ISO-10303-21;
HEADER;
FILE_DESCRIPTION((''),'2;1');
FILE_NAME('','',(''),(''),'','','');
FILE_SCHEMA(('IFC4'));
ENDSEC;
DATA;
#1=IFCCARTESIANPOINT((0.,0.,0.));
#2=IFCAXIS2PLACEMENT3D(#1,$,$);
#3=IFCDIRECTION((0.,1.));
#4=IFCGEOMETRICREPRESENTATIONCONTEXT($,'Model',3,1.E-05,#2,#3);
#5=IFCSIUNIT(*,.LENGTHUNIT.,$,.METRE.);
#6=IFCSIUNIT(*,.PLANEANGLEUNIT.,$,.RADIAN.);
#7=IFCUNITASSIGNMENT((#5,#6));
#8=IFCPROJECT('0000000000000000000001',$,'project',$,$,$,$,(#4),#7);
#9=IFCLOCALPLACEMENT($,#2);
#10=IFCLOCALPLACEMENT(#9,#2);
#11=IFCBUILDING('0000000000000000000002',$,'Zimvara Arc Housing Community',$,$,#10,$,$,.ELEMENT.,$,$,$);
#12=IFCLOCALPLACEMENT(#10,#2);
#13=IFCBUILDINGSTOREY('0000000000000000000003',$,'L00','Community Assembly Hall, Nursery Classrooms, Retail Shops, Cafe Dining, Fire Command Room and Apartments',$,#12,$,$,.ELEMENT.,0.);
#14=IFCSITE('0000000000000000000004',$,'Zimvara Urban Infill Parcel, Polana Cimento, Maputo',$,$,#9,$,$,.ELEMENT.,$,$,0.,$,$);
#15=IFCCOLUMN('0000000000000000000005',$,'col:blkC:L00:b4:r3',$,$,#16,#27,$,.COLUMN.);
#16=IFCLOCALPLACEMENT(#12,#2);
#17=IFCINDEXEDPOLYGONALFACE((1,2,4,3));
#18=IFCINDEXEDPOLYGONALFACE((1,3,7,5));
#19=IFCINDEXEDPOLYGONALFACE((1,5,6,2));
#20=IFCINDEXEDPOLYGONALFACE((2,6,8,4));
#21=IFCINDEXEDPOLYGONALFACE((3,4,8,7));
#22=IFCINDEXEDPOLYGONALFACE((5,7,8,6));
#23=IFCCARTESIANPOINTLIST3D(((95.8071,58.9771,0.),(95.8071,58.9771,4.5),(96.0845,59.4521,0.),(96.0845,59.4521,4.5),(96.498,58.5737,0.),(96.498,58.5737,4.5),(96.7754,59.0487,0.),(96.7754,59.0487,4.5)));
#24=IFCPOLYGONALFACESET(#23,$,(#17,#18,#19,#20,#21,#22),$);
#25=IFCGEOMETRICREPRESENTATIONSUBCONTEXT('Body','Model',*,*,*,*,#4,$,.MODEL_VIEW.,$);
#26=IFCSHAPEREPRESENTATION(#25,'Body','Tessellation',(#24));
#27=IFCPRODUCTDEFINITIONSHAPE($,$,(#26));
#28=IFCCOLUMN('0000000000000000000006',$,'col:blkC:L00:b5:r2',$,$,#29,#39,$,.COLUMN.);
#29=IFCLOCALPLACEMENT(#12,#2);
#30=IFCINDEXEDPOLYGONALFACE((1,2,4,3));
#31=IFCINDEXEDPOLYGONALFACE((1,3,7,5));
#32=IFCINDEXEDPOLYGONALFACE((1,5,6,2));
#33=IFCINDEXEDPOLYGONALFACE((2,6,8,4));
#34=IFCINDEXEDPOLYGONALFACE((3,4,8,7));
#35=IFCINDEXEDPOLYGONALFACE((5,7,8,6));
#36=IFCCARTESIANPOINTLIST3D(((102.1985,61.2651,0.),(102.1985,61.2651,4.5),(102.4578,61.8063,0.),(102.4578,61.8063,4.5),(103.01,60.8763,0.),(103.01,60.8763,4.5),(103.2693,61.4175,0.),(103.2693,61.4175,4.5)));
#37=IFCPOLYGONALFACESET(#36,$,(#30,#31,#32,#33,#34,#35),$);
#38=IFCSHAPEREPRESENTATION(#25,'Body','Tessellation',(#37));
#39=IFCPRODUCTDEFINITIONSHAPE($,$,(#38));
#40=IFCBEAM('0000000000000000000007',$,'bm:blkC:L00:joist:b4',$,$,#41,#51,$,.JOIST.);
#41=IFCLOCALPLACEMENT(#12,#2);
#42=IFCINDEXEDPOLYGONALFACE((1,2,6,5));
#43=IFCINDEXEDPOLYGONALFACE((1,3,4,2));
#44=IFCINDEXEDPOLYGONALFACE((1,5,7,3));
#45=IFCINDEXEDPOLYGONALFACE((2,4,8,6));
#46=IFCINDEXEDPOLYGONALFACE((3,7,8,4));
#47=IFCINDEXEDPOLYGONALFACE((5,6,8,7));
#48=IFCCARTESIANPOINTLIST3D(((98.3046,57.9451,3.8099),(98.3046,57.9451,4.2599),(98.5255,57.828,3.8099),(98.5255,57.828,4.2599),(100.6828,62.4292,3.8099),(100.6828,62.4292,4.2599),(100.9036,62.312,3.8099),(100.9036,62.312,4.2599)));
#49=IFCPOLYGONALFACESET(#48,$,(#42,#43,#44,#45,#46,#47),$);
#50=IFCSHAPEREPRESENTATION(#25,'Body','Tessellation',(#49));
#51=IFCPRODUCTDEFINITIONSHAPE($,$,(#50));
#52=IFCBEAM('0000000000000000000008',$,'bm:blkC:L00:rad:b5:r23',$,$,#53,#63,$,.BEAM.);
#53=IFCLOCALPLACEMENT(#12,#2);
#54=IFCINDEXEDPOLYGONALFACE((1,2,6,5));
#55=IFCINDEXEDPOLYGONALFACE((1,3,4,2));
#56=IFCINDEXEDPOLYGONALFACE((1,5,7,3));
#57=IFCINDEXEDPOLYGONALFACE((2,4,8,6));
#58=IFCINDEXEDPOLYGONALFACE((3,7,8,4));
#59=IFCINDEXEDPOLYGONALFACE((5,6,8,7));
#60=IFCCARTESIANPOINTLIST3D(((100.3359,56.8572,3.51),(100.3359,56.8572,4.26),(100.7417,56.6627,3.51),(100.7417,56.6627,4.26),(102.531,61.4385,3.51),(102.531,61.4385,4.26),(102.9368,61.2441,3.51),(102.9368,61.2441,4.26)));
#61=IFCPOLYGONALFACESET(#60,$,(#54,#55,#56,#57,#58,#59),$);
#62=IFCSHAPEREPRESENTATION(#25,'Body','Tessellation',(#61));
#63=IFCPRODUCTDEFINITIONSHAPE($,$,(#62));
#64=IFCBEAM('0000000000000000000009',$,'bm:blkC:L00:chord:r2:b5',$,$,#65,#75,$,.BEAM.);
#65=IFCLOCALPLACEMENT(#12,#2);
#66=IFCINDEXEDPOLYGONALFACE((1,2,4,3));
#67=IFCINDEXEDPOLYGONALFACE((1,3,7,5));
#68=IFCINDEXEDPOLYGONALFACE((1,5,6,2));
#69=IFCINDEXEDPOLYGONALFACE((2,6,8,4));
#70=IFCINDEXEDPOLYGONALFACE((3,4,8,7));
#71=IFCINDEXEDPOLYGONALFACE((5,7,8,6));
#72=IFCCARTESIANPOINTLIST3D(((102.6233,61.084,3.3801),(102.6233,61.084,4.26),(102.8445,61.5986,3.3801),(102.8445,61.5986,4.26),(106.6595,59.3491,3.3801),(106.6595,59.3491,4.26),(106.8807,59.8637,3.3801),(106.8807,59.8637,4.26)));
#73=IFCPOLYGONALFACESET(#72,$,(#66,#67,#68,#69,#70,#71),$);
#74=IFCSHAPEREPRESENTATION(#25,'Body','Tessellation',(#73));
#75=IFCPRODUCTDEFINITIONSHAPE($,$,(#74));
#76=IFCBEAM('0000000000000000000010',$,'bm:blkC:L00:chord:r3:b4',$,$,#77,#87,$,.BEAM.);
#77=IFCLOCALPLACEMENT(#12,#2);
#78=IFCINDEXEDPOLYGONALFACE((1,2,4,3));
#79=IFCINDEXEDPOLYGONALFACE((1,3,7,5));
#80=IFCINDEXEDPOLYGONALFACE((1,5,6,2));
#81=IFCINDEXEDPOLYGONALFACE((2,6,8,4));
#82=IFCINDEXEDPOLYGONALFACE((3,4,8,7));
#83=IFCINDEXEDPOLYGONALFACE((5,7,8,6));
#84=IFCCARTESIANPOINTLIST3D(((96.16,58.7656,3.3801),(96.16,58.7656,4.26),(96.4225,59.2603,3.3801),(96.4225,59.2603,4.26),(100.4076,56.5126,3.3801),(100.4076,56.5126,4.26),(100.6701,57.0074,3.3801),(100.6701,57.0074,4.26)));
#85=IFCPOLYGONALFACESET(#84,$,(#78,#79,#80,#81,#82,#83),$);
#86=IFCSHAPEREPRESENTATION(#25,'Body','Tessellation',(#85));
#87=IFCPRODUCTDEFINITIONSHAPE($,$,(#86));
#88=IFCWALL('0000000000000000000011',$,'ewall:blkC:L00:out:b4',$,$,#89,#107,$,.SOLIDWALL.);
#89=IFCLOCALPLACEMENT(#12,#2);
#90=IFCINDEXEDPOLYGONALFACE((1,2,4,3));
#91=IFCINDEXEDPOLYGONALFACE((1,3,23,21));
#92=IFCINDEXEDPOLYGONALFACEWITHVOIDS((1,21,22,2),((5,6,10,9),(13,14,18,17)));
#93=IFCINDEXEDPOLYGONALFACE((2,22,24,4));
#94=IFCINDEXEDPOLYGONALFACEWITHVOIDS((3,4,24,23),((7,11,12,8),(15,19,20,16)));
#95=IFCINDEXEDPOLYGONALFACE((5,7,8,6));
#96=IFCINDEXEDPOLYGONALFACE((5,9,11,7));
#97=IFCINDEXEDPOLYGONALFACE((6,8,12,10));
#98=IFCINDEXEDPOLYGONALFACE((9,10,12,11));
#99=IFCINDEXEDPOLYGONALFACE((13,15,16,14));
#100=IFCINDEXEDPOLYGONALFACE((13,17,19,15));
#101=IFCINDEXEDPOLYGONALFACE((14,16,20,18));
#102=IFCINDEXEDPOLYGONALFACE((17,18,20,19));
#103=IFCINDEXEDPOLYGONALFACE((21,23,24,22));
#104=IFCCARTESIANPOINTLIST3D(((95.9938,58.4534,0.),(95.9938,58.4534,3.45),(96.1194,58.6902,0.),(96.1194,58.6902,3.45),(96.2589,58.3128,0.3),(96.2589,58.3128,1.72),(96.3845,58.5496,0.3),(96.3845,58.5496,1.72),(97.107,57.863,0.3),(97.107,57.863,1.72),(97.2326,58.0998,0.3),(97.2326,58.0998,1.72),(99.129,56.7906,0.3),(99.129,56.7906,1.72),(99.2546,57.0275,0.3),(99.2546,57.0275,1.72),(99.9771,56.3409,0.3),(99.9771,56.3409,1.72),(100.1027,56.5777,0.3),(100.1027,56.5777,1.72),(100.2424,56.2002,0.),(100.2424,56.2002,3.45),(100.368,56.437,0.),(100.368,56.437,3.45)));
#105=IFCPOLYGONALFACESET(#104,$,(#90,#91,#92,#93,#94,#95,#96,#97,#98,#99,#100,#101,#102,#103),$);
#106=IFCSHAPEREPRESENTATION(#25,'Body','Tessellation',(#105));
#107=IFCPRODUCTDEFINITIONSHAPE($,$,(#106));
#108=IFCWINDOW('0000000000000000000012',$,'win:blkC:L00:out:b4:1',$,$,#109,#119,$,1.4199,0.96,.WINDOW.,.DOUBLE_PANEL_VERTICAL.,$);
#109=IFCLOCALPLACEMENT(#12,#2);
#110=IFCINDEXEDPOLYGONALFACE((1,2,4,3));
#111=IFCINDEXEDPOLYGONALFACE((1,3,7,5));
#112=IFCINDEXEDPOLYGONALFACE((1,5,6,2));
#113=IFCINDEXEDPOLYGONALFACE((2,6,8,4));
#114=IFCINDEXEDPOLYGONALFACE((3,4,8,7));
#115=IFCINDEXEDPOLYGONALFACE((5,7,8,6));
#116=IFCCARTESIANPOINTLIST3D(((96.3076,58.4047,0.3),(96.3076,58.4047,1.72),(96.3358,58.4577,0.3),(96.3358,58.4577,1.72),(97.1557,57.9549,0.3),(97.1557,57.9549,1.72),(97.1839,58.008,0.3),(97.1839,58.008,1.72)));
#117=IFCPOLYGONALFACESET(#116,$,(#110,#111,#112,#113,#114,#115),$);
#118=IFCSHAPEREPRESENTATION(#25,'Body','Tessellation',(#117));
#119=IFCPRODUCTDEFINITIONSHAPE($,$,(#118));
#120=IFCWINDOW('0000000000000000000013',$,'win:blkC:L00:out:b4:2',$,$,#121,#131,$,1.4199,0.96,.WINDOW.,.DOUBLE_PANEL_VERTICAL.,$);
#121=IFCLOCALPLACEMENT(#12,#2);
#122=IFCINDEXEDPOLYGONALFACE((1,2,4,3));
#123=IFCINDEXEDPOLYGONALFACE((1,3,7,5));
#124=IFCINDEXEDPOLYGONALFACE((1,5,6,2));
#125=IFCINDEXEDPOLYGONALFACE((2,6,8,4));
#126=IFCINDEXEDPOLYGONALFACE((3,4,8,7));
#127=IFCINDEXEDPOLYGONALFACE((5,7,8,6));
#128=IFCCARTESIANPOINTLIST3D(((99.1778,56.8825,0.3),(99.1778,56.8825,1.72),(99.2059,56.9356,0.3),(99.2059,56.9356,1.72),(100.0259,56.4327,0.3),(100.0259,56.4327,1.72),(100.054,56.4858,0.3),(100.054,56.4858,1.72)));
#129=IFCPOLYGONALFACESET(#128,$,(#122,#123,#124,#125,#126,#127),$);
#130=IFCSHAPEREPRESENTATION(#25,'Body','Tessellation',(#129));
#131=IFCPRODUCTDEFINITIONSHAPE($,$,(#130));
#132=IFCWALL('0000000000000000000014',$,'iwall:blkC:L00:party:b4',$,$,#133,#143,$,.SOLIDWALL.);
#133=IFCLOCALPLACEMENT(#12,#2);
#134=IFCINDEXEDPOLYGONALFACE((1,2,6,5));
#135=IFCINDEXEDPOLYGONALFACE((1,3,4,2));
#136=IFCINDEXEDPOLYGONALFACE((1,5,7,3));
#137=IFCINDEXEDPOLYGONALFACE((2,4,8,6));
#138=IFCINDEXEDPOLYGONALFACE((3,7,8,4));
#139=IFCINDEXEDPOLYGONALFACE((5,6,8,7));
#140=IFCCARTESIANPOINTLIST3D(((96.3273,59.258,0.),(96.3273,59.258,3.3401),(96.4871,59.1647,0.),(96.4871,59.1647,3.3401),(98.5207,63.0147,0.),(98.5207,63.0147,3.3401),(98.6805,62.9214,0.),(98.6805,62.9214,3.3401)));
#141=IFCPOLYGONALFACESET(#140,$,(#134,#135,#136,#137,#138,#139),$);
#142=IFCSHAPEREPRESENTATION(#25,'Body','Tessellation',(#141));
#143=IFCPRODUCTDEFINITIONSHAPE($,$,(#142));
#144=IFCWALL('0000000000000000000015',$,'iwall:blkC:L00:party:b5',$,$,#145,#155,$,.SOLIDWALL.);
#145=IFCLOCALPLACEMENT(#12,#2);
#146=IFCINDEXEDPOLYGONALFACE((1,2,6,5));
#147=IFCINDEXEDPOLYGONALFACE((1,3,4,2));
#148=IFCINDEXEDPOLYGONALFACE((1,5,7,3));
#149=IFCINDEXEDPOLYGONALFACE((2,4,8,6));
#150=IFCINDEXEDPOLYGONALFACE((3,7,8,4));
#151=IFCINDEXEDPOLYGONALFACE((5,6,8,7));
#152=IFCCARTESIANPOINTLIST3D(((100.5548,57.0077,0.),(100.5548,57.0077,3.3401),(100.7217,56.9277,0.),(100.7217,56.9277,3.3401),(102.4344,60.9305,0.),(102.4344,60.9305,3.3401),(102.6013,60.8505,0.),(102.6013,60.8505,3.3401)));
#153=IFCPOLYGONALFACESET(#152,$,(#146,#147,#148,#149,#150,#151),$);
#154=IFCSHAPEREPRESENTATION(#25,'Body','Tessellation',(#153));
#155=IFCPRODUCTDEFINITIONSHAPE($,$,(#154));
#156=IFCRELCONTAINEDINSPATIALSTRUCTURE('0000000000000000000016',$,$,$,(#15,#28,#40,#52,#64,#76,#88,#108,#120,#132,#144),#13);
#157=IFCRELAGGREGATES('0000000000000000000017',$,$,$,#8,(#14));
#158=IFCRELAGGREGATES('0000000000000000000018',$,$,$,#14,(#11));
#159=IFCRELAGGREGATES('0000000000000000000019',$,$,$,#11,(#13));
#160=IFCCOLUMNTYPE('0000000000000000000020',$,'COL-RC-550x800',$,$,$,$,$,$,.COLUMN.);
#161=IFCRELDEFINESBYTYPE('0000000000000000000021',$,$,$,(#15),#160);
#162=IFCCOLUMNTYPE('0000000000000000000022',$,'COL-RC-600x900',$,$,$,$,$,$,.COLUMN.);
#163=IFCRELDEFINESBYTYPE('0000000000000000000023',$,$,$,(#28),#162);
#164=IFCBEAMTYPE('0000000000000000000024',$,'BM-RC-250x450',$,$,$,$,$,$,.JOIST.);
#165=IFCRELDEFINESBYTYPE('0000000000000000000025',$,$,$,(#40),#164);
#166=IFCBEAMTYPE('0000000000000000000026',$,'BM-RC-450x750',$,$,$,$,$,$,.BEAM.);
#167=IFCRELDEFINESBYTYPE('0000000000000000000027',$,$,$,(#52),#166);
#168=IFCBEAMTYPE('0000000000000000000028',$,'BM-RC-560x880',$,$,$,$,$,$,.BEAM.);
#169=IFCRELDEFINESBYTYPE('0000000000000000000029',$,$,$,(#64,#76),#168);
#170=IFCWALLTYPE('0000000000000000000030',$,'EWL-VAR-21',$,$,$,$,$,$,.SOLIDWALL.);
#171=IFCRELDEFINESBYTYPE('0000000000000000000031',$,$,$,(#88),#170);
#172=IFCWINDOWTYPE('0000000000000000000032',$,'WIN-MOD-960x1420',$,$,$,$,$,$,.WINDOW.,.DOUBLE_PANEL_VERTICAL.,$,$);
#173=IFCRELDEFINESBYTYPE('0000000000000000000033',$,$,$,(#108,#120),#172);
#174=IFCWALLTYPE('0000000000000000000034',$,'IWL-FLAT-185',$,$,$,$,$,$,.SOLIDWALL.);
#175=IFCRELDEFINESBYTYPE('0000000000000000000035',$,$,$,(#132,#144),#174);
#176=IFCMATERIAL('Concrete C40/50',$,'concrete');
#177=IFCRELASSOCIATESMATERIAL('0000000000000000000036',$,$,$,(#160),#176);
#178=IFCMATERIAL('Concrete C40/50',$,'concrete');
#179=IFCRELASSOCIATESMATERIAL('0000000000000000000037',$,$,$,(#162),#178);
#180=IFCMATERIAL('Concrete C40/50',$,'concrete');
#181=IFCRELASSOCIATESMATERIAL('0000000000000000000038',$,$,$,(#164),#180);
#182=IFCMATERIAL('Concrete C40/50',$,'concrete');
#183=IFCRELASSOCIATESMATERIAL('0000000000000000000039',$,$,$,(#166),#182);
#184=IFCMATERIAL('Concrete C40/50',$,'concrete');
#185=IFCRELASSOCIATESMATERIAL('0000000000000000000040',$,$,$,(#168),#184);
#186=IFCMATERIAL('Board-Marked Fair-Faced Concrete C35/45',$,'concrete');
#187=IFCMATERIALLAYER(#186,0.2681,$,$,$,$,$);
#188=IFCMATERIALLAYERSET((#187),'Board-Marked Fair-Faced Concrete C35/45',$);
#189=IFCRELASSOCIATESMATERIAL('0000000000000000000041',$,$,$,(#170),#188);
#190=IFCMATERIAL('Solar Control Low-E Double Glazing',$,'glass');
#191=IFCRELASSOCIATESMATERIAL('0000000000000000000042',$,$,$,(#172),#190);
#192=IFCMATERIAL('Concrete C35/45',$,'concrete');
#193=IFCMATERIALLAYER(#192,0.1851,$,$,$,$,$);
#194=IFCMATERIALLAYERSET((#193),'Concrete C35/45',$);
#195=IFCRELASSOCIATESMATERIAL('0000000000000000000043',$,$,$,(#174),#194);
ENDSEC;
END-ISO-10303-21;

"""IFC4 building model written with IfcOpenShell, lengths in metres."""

from ifc_helpers import new_model, si_unit, direction, frame, frame_2d, origin, origin_2d, place, context, subcontext, project, spatial, rectangle, extrude, material, layer, layer_set, material_profile, profile_set, type_object, element, fill, save


model = new_model("IFC4")

# Units and contexts
model_context = context("Model", 3, precision=1e-05, world=origin(), true_north=direction((0.0, 1.0)))
body_context = subcontext(model_context, "Body", "Model", "MODEL_VIEW")
ifc_project = project(units=[si_unit("LENGTHUNIT", "METRE"), si_unit("PLANEANGLEUNIT", "RADIAN")], contexts=[model_context])

# Site, building, storey
site_placement = place(None, origin())
site = spatial("IfcSite", under=ifc_project, at=site_placement, Name="Zimvara Urban Infill Parcel, Polana Cimento, Maputo", CompositionType="ELEMENT", RefElevation=0.0)
building_placement = place(site_placement, origin())
building = spatial("IfcBuilding", under=site, at=building_placement, Name="Zimvara Arc Housing Community", CompositionType="ELEMENT")
storey_placement = place(building_placement, origin())
storey = spatial("IfcBuildingStorey", under=building, at=storey_placement, Name="L00", Description="Community Assembly Hall, Nursery Classrooms, Retail Shops, Cafe Dining, Fire Command Room and Apartments", CompositionType="ELEMENT", Elevation=0.0)

# Columns
ifc_material_1 = material(Name="Concrete C40/50", Category="concrete")
ifc_material_profile_1 = material_profile(ifc_material_1, rectangle(XDim=0.55, YDim=0.8, at=origin_2d()), Name="RC 550x800")
ifc_profile_set_1 = profile_set([ifc_material_profile_1], Name="Concrete C40/50")
column_type_1 = type_object("IfcColumnType", Name="COL-RC-550x800", PredefinedType="COLUMN", material=ifc_profile_set_1)
column_1_placement = place(storey_placement, frame((96.2913, 59.0129, 0.0), z_axis=(0.0, 0.0, 1.0), x_axis=(-0.504226, -0.863572, 0.0)))
element("IfcColumn", 1, at=column_1_placement, inside=storey, type_object=column_type_1, Name="col:blkC:L00:b4:r3", PredefinedType="COLUMN", context=body_context, shape_type="SweptSolid", body=[
    extrude(rectangle(XDim=0.55, YDim=0.8, at=origin_2d()), origin(), (0.0, 0.0, 1.0), 4.5),
])
ifc_material_2 = material(Name="Concrete C40/50", Category="concrete")
ifc_material_profile_2 = material_profile(ifc_material_2, rectangle(XDim=0.6001, YDim=0.8999, at=origin_2d()), Name="RC 600x900")
ifc_profile_set_2 = profile_set([ifc_material_profile_2], Name="Concrete C40/50")
column_type_2 = type_object("IfcColumnType", Name="COL-RC-600x900", PredefinedType="COLUMN", material=ifc_profile_set_2)
column_2_placement = place(storey_placement, frame((102.7339, 61.3413, 0.0), z_axis=(0.0, 0.0, 1.0), x_axis=(-0.432086, -0.901833, 0.0)))
element("IfcColumn", 2, at=column_2_placement, inside=storey, type_object=column_type_2, Name="col:blkC:L00:b5:r2", PredefinedType="COLUMN", context=body_context, shape_type="SweptSolid", body=[
    extrude(rectangle(XDim=0.6001, YDim=0.8999, at=origin_2d()), origin(), (0.0, 0.0, 1.0), 4.5),
])

# Beams
ifc_material_3 = material(Name="Concrete C40/50", Category="concrete")
ifc_material_profile_3 = material_profile(ifc_material_3, rectangle(XDim=0.25, YDim=0.45, at=origin_2d()), Name="RC 250x450")
ifc_profile_set_3 = profile_set([ifc_material_profile_3], Name="Concrete C40/50")
beam_type_1 = type_object("IfcBeamType", Name="BM-RC-250x450", PredefinedType="JOIST", material=ifc_profile_set_3)
beam_1_placement = place(storey_placement, frame((100.7932, 62.3706, 4.0349), z_axis=(-0.468537, -0.883444, 0.0), x_axis=(0.883444, -0.468537, 0.0)))
element("IfcBeam", 3, at=beam_1_placement, inside=storey, type_object=beam_type_1, Name="bm:blkC:L00:joist:b4", PredefinedType="JOIST", context=body_context, shape_type="SweptSolid", body=[
    extrude(rectangle(XDim=0.25, YDim=0.45, at=origin_2d()), origin(), (0.0, 0.0, 1.0), 5.0757),
])
ifc_material_4 = material(Name="Concrete C40/50", Category="concrete")
ifc_material_profile_4 = material_profile(ifc_material_4, rectangle(XDim=0.45, YDim=0.75, at=origin_2d()), Name="RC 450x750")
ifc_profile_set_4 = profile_set([ifc_material_profile_4], Name="Concrete C40/50")
beam_type_2 = type_object("IfcBeamType", Name="BM-RC-450x750", PredefinedType="BEAM", material=ifc_profile_set_4)
beam_2_placement = place(storey_placement, frame((102.7339, 61.3413, 3.885), z_axis=(-0.432098, -0.901827, 0.0), x_axis=(0.901827, -0.432098, 0.0)))
element("IfcBeam", 4, at=beam_2_placement, inside=storey, type_object=beam_type_2, Name="bm:blkC:L00:rad:b5:r23", PredefinedType="BEAM", context=body_context, shape_type="SweptSolid", body=[
    extrude(rectangle(XDim=0.45, YDim=0.75, at=origin_2d()), origin(), (0.0, 0.0, 1.0), 5.0801),
])
ifc_material_5 = material(Name="Concrete C40/50", Category="concrete")
ifc_material_profile_5 = material_profile(ifc_material_5, rectangle(XDim=0.5601, YDim=0.8799, at=origin_2d()), Name="RC 560x880")
ifc_profile_set_5 = profile_set([ifc_material_profile_5], Name="Concrete C40/50")
beam_type_3 = type_object("IfcBeamType", Name="BM-RC-560x880", PredefinedType="BEAM", material=ifc_profile_set_5)
beam_3_placement = place(storey_placement, frame((102.7339, 61.3413, 3.8201), z_axis=(0.918725, -0.394898, 0.0), x_axis=(0.394898, 0.918725, 0.0)))
element("IfcBeam", 5, at=beam_3_placement, inside=storey, type_object=beam_type_3, Name="bm:blkC:L00:chord:r2:b5", PredefinedType="BEAM", context=body_context, shape_type="SweptSolid", body=[
    extrude(rectangle(XDim=0.5601, YDim=0.8799, at=origin_2d()), origin(), (0.0, 0.0, 1.0), 4.3933),
])
beam_4_placement = place(storey_placement, frame((96.2913, 59.0129, 3.8201), z_axis=(0.883425, -0.468573, 0.0), x_axis=(0.468573, 0.883425, 0.0)))
element("IfcBeam", 6, at=beam_4_placement, inside=storey, type_object=beam_type_3, Name="bm:blkC:L00:chord:r3:b4", PredefinedType="BEAM", context=body_context, shape_type="SweptSolid", body=[
    extrude(rectangle(XDim=0.5601, YDim=0.8799, at=origin_2d()), origin(), (0.0, 0.0, 1.0), 4.8081),
])

# Wall, openings, windows
ifc_material_6 = material(Name="Board-Marked Fair-Faced Concrete C35/45", Category="concrete")
ifc_layer_1 = layer(ifc_material_6, 0.2681)
ifc_layer_set_1 = layer_set([ifc_layer_1], Name="Board-Marked Fair-Faced Concrete C35/45")
wall_type_1 = type_object("IfcWallType", Name="EWL-VAR-21", PredefinedType="SOLIDWALL", material=ifc_layer_set_1)
wall_1_placement = place(storey_placement, frame((96.0566, 58.5718, 0.0), z_axis=(0.0, 0.0, 1.0), x_axis=(0.883448, -0.468529, 0.0)))
wall_1 = element("IfcWall", 7, at=wall_1_placement, inside=storey, type_object=wall_type_1, Name="ewall:blkC:L00:out:b4", PredefinedType="SOLIDWALL", context=body_context, shape_type="SweptSolid", body=[
    extrude(rectangle(XDim=4.8091, YDim=0.2681, at=frame_2d((2.4045, 0.0))), origin(), (0.0, 0.0, 1.0), 3.45),
])
opening_1_placement = place(wall_1_placement, frame((0.3, 0.0, 0.3)))
opening_1 = element("IfcOpeningElement", 8, at=opening_1_placement, cuts=wall_1, PredefinedType="OPENING", context=body_context, shape_type="SweptSolid", body=[
    extrude(rectangle(XDim=0.96, YDim=1.4199, at=frame_2d((0.48, 0.71))), frame((0.0, 0.144, 0.0), z_axis=(0.0, -1.0, 0.0), x_axis=(1.0, 0.0, 0.0)), (0.0, 0.0, 1.0), 0.2881),
])
opening_2_placement = place(wall_1_placement, frame((3.5488, 0.0, 0.3)))
opening_2 = element("IfcOpeningElement", 9, at=opening_2_placement, cuts=wall_1, PredefinedType="OPENING", context=body_context, shape_type="SweptSolid", body=[
    extrude(rectangle(XDim=0.96, YDim=1.4199, at=frame_2d((0.48, 0.71))), frame((0.0, 0.144, 0.0), z_axis=(0.0, -1.0, 0.0), x_axis=(1.0, 0.0, 0.0)), (0.0, 0.0, 1.0), 0.2881),
])
ifc_material_7 = material(Name="Solar Control Low-E Double Glazing", Category="glass")
window_type = type_object("IfcWindowType", Name="WIN-MOD-960x1420", PartitioningType="DOUBLE_PANEL_VERTICAL", PredefinedType="WINDOW", material=ifc_material_7)
window_1_placement = place(opening_1_placement, origin())
window_1 = element("IfcWindow", 10, at=window_1_placement, inside=storey, type_object=window_type, Name="win:blkC:L00:out:b4:1", OverallHeight=1.4199, OverallWidth=0.96, PartitioningType="DOUBLE_PANEL_VERTICAL", PredefinedType="WINDOW", context=body_context, shape_type="SweptSolid", body=[
    extrude(rectangle(XDim=0.96, YDim=1.4199, at=frame_2d((0.48, 0.71))), frame((0.0, 0.03, 0.0), z_axis=(0.0, -1.0, 0.0), x_axis=(1.0, 0.0, 0.0)), (0.0, 0.0, 1.0), 0.0601),
])
fill(opening_1, window_1)
window_2_placement = place(opening_2_placement, origin())
window_2 = element("IfcWindow", 11, at=window_2_placement, inside=storey, type_object=window_type, Name="win:blkC:L00:out:b4:2", OverallHeight=1.4199, OverallWidth=0.96, PartitioningType="DOUBLE_PANEL_VERTICAL", PredefinedType="WINDOW", context=body_context, shape_type="SweptSolid", body=[
    extrude(rectangle(XDim=0.96, YDim=1.4199, at=frame_2d((0.48, 0.71))), frame((0.0, 0.03, 0.0), z_axis=(0.0, -1.0, 0.0), x_axis=(1.0, 0.0, 0.0)), (0.0, 0.0, 1.0), 0.0601),
])
fill(opening_2, window_2)

# Walls
ifc_material_8 = material(Name="Concrete C35/45", Category="concrete")
ifc_layer_2 = layer(ifc_material_8, 0.1851)
ifc_layer_set_2 = layer_set([ifc_layer_2], Name="Concrete C35/45")
wall_type_2 = type_object("IfcWallType", Name="IWL-FLAT-185", PredefinedType="SOLIDWALL", material=ifc_layer_set_2)
wall_2_placement = place(storey_placement, frame((98.6006, 62.968, 0.0), z_axis=(0.0, 0.0, 1.0), x_axis=(-0.504216, -0.863577, 0.0)))
element("IfcWall", 12, at=wall_2_placement, inside=storey, type_object=wall_type_2, Name="iwall:blkC:L00:party:b4", PredefinedType="SOLIDWALL", context=body_context, shape_type="SweptSolid", body=[
    extrude(rectangle(XDim=4.3501, YDim=0.1851, at=frame_2d((2.175, 0.0))), origin(), (0.0, 0.0, 1.0), 3.3401),
])
wall_3_placement = place(storey_placement, frame((102.5178, 60.8904, 0.0), z_axis=(0.0, 0.0, 1.0), x_axis=(-0.432109, -0.901821, 0.0)))
element("IfcWall", 13, at=wall_3_placement, inside=storey, type_object=wall_type_2, Name="iwall:blkC:L00:party:b5", PredefinedType="SOLIDWALL", context=body_context, shape_type="SweptSolid", body=[
    extrude(rectangle(XDim=4.3499, YDim=0.1851, at=frame_2d((2.1748, 0.0))), origin(), (0.0, 0.0, 1.0), 3.3401),
])

save(model, "model.ifc")
